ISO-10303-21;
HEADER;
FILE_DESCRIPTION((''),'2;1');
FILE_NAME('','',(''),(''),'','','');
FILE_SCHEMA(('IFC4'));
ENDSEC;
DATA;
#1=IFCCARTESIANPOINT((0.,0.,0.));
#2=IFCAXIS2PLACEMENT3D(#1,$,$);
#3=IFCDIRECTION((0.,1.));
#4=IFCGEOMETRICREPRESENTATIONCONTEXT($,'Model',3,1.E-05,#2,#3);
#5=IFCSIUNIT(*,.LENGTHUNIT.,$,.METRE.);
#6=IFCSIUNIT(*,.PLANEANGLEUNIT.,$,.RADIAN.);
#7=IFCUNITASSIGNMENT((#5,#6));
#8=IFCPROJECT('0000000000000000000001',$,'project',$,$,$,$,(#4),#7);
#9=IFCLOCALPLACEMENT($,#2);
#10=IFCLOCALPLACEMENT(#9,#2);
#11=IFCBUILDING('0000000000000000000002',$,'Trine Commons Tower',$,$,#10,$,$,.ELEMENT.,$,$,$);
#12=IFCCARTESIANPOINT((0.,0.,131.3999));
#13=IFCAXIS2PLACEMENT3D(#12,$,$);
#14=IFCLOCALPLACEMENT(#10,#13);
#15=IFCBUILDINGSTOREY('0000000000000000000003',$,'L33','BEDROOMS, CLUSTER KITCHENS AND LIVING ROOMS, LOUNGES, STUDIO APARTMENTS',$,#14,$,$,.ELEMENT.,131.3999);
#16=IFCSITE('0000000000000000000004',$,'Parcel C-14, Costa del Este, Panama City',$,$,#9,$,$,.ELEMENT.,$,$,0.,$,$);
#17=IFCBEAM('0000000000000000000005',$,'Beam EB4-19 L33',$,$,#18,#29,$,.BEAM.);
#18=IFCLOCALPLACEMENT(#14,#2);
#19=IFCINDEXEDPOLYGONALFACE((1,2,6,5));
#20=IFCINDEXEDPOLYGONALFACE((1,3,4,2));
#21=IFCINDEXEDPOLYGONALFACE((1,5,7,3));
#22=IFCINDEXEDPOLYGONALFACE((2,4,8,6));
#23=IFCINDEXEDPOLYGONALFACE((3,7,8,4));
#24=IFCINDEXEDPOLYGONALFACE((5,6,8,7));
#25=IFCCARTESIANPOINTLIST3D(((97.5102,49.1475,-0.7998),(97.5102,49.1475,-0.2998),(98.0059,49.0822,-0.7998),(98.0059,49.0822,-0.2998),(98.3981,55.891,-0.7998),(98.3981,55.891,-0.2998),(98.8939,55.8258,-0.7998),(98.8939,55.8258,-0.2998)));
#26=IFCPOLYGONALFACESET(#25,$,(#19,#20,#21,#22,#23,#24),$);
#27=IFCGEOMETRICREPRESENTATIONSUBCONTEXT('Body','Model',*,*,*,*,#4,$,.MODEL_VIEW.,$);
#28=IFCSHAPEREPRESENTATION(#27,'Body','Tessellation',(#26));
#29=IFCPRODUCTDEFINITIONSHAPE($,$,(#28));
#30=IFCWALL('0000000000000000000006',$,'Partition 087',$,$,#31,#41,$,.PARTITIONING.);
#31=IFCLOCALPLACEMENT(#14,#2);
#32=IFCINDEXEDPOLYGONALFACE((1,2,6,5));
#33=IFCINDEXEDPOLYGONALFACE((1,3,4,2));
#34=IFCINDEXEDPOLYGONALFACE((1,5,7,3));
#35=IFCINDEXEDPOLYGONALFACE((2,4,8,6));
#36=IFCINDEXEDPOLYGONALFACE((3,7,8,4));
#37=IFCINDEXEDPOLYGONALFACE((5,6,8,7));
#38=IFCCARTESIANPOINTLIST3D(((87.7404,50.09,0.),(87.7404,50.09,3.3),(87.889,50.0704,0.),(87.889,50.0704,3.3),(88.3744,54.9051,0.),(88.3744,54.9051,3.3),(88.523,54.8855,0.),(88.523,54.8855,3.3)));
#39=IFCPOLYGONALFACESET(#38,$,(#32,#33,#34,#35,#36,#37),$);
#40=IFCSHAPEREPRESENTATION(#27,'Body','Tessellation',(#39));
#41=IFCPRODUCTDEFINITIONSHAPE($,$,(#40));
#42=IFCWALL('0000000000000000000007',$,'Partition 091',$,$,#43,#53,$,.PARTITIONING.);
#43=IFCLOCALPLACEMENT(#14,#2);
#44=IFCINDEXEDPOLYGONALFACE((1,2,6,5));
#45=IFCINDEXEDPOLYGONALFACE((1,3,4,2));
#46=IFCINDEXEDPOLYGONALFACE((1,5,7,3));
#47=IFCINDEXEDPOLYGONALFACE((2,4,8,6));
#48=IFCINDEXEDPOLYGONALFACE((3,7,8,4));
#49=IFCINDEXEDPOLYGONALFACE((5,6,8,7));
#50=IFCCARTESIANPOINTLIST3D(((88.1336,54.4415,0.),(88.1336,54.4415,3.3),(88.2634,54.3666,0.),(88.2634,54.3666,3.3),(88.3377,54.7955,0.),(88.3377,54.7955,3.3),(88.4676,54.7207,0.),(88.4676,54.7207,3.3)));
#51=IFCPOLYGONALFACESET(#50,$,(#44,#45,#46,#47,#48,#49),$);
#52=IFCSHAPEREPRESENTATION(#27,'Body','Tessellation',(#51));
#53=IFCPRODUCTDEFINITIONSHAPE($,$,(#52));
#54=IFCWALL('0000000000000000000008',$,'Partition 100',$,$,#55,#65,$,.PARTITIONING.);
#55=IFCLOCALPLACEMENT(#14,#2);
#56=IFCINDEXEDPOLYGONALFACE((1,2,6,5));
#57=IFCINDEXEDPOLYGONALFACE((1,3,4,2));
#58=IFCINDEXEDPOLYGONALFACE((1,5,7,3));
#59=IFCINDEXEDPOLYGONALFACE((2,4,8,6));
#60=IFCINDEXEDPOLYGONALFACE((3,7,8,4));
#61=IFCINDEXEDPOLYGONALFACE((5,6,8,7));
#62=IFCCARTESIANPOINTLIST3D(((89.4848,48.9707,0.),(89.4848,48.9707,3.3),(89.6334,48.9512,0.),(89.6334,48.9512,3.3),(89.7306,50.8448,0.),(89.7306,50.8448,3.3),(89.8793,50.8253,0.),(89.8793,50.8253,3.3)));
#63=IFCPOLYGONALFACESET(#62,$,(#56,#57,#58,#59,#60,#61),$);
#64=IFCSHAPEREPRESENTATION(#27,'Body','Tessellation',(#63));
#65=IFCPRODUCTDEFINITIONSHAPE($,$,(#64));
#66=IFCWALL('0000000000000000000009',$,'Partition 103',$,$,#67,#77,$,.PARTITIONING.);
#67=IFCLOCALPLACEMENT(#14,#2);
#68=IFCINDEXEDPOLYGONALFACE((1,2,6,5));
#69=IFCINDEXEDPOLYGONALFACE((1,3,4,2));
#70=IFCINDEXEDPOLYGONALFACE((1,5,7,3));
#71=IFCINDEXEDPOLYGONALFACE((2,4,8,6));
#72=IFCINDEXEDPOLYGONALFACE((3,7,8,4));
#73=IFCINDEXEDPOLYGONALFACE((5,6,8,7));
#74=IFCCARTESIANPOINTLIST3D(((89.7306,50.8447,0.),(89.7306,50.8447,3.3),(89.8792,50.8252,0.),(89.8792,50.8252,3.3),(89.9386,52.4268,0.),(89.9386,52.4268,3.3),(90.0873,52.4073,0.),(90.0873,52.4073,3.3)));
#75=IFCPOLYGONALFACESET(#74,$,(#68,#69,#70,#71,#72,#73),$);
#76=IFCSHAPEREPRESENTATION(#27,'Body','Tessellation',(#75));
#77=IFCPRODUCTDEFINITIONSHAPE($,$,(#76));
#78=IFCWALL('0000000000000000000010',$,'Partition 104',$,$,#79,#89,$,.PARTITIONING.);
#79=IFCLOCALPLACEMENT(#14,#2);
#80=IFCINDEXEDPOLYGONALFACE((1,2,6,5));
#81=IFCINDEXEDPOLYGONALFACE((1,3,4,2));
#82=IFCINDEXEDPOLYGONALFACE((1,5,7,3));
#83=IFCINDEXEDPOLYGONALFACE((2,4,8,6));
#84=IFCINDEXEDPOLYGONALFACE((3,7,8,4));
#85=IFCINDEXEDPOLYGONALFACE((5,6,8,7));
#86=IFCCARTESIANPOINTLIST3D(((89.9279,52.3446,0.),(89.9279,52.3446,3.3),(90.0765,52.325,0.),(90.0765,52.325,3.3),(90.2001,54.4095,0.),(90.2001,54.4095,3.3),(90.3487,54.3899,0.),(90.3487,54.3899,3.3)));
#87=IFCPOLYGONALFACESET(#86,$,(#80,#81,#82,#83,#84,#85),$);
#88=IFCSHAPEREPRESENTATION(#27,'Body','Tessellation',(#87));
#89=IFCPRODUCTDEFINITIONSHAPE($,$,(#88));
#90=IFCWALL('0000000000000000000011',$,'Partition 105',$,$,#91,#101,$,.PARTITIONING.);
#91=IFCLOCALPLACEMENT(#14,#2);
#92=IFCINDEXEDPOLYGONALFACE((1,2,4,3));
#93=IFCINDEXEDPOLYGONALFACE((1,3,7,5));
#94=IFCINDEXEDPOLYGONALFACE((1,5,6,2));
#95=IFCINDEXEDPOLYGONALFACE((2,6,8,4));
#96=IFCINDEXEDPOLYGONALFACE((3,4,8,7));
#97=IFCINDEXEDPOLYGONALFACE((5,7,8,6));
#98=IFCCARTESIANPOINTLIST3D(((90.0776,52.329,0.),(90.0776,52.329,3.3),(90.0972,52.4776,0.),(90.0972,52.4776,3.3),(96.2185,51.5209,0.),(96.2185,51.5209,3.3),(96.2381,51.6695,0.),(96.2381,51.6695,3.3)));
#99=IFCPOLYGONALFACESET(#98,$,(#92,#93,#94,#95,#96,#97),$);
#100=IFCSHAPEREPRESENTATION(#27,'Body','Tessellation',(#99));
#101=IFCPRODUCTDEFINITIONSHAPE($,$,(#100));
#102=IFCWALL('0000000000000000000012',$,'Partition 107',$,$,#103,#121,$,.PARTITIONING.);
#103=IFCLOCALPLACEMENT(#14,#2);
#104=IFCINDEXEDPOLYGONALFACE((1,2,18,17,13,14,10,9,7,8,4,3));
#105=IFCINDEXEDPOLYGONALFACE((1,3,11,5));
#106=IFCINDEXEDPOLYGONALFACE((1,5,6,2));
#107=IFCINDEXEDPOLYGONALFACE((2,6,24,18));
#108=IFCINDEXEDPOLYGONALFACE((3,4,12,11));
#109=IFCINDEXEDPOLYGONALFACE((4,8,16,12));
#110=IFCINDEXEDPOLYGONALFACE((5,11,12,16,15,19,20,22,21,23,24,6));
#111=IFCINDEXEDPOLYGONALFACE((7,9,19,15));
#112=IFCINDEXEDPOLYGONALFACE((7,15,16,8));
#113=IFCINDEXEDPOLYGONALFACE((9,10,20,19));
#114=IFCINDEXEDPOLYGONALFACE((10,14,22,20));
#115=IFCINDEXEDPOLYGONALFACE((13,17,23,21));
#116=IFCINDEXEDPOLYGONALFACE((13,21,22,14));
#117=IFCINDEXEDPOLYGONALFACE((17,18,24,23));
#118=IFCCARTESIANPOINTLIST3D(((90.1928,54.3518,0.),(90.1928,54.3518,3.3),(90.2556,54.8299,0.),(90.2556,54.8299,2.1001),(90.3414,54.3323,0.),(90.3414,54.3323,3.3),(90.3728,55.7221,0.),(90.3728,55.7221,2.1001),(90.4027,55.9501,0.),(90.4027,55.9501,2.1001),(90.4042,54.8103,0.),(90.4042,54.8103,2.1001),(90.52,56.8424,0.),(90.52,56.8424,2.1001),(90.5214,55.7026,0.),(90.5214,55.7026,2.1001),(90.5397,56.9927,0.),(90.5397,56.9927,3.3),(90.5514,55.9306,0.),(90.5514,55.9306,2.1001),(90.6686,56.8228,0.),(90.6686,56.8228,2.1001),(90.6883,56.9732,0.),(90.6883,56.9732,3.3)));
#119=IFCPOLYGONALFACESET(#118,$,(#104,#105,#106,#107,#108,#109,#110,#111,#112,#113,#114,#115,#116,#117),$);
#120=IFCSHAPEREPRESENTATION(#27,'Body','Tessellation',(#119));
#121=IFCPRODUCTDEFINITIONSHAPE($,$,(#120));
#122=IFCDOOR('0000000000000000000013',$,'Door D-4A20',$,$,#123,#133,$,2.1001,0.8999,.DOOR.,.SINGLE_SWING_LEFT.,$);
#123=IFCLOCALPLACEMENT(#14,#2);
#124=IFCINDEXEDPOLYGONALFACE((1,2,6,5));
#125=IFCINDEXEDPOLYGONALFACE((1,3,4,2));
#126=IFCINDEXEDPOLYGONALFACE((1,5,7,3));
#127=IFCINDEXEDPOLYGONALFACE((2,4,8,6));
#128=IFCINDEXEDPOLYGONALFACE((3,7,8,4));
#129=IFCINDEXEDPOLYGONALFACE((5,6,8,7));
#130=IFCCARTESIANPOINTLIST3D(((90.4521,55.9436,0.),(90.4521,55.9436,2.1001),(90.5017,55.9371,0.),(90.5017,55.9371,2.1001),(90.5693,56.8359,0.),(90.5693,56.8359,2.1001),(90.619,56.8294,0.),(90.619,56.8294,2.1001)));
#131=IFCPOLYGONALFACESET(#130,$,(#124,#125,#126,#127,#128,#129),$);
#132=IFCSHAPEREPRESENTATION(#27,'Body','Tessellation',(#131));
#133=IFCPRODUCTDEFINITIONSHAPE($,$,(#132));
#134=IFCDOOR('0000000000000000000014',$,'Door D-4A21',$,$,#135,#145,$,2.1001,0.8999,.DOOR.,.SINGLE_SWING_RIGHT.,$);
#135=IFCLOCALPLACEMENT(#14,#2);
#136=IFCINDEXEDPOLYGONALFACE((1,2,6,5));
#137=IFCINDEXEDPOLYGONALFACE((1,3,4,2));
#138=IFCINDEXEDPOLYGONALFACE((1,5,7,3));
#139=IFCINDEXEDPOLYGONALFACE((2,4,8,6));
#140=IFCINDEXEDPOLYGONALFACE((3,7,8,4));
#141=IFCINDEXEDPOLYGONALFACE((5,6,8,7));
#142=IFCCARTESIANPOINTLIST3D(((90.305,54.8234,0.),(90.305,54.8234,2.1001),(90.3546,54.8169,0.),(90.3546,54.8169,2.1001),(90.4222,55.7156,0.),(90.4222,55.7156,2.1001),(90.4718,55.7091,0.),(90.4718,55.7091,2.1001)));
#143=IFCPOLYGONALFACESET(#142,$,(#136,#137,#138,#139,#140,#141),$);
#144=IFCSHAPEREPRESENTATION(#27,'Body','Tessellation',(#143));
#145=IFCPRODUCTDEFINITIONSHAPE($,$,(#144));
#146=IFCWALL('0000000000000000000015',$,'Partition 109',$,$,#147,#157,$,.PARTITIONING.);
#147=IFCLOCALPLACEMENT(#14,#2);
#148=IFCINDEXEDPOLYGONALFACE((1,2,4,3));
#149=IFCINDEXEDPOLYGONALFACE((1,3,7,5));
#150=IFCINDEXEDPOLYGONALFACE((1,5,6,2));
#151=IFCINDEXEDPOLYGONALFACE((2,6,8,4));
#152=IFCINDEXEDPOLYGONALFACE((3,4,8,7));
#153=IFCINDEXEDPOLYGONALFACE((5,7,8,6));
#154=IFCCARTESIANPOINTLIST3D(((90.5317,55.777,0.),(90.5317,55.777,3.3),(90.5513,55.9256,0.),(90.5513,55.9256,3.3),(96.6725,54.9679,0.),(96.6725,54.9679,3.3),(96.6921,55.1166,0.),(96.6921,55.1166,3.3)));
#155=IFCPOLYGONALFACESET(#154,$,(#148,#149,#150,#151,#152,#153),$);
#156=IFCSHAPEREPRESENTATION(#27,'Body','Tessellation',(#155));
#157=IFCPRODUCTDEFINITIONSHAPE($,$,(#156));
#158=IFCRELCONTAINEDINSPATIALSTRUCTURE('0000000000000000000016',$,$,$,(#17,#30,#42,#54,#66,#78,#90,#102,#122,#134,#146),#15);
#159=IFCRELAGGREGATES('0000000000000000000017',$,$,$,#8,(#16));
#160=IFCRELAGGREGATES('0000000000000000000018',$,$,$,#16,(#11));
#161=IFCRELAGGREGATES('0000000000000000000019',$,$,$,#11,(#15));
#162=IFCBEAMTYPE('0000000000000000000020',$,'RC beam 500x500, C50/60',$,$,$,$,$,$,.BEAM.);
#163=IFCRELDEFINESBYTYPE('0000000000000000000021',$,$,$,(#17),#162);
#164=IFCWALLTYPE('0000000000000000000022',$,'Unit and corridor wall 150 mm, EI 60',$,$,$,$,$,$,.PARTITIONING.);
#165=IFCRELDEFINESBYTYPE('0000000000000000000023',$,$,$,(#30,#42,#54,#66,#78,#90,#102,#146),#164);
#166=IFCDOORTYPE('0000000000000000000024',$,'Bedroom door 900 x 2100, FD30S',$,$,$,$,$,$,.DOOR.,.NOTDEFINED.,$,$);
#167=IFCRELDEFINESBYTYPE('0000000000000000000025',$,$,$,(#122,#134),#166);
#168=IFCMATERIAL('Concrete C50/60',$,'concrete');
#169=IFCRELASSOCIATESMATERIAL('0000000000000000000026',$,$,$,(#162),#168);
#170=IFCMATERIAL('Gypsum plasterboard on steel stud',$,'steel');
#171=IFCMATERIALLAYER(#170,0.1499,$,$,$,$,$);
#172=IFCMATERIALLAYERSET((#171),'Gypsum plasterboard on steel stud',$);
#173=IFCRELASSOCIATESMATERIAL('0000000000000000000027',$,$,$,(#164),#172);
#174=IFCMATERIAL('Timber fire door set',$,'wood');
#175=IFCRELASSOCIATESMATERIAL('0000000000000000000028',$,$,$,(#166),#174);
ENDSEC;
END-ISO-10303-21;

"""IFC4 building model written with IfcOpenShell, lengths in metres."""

from ifc_helpers import new_model, si_unit, direction, frame, frame_2d, origin, origin_2d, place, context, subcontext, project, spatial, rectangle, extrude, material, layer, layer_set, material_profile, profile_set, type_object, element, fill, save


model = new_model("IFC4")

# Units and contexts
model_context = context("Model", 3, precision=1e-05, world=origin(), true_north=direction((0.0, 1.0)))
body_context = subcontext(model_context, "Body", "Model", "MODEL_VIEW")
ifc_project = project(units=[si_unit("LENGTHUNIT", "METRE"), si_unit("PLANEANGLEUNIT", "RADIAN")], contexts=[model_context])

# Site, building, storey
site_placement = place(None, origin())
site = spatial("IfcSite", under=ifc_project, at=site_placement, Name="Parcel C-14, Costa del Este, Panama City", CompositionType="ELEMENT", RefElevation=0.0)
building_placement = place(site_placement, origin())
building = spatial("IfcBuilding", under=site, at=building_placement, Name="Trine Commons Tower", CompositionType="ELEMENT")
storey_placement = place(building_placement, frame((0.0, 0.0, 131.3999)))
storey = spatial("IfcBuildingStorey", under=building, at=storey_placement, Name="L33", Description="BEDROOMS, CLUSTER KITCHENS AND LIVING ROOMS, LOUNGES, STUDIO APARTMENTS", CompositionType="ELEMENT", Elevation=131.3999)

# Beam
ifc_material_1 = material(Name="Concrete C50/60", Category="concrete")
ifc_material_profile = material_profile(ifc_material_1, rectangle(XDim=0.5, YDim=0.5, at=origin_2d()), Name="RC 500x500")
ifc_profile_set = profile_set([ifc_material_profile], Name="Concrete C50/60")
beam_type = type_object("IfcBeamType", Name="RC beam 500x500, C50/60", PredefinedType="BEAM", material=ifc_profile_set)
beam_placement = place(storey_placement, frame((98.646, 55.8584, -0.5498), z_axis=(-0.130544, -0.991443, 0.0), x_axis=(0.991443, -0.130544, 0.0)))
element("IfcBeam", 1, at=beam_placement, inside=storey, type_object=beam_type, Name="Beam EB4-19 L33", PredefinedType="BEAM", context=body_context, shape_type="SweptSolid", body=[
    extrude(rectangle(XDim=0.5, YDim=0.5, at=origin_2d()), origin(), (0.0, 0.0, 1.0), 6.8018),
])

# Walls
ifc_material_2 = material(Name="Gypsum plasterboard on steel stud", Category="steel")
ifc_layer_1 = layer(ifc_material_2, 0.1499)
ifc_layer_set_1 = layer_set([ifc_layer_1], Name="Gypsum plasterboard on steel stud")
wall_type_1 = type_object("IfcWallType", Name="Unit and corridor wall 150 mm, EI 60", PredefinedType="PARTITIONING", material=ifc_layer_set_1)
wall_1_placement = place(storey_placement, frame((87.8147, 50.0803, 0.0), z_axis=(0.0, 0.0, 1.0), x_axis=(0.130547, 0.991442, 0.0)))
element("IfcWall", 2, at=wall_1_placement, inside=storey, type_object=wall_type_1, Name="Partition 087", PredefinedType="PARTITIONING", context=body_context, shape_type="SweptSolid", body=[
    extrude(rectangle(XDim=4.8567, YDim=0.1499, at=frame_2d((2.4282, 0.0))), origin(), (0.0, 0.0, 1.0), 3.3),
])
wall_2_placement = place(storey_placement, frame((88.1985, 54.4041, 0.0), z_axis=(0.0, 0.0, 1.0), x_axis=(0.499481, 0.866325, 0.0)))
element("IfcWall", 3, at=wall_2_placement, inside=storey, type_object=wall_type_1, Name="Partition 091", PredefinedType="PARTITIONING", context=body_context, shape_type="SweptSolid", body=[
    extrude(rectangle(XDim=0.4087, YDim=0.1499, at=frame_2d((0.2043, 0.0))), origin(), (0.0, 0.0, 1.0), 3.3),
])
wall_3_placement = place(storey_placement, frame((89.5591, 48.9609, 0.0), z_axis=(0.0, 0.0, 1.0), x_axis=(0.130074, 0.991504, 0.0)))
element("IfcWall", 4, at=wall_3_placement, inside=storey, type_object=wall_type_1, Name="Partition 100", PredefinedType="PARTITIONING", context=body_context, shape_type="SweptSolid", body=[
    extrude(rectangle(XDim=1.8901, YDim=0.1499, at=frame_2d((0.9451, 0.0))), origin(), (0.0, 0.0, 1.0), 3.3),
])
wall_4_placement = place(storey_placement, frame((89.8049, 50.835, 0.0), z_axis=(0.0, 0.0, 1.0), x_axis=(0.13036, 0.991467, 0.0)))
element("IfcWall", 5, at=wall_4_placement, inside=storey, type_object=wall_type_1, Name="Partition 103", PredefinedType="PARTITIONING", context=body_context, shape_type="SweptSolid", body=[
    extrude(rectangle(XDim=1.5957, YDim=0.1499, at=frame_2d((0.7979, 0.0))), origin(), (0.0, 0.0, 1.0), 3.3),
])
wall_5_placement = place(storey_placement, frame((90.0022, 52.3347, 0.0), z_axis=(0.0, 0.0, 1.0), x_axis=(0.130697, 0.991422, 0.0)))
element("IfcWall", 6, at=wall_5_placement, inside=storey, type_object=wall_type_1, Name="Partition 104", PredefinedType="PARTITIONING", context=body_context, shape_type="SweptSolid", body=[
    extrude(rectangle(XDim=2.0828, YDim=0.1499, at=frame_2d((1.0415, 0.0))), origin(), (0.0, 0.0, 1.0), 3.3),
])
wall_6_placement = place(storey_placement, frame((90.0874, 52.4033, 0.0), z_axis=(0.0, 0.0, 1.0), x_axis=(0.991452, -0.13047, 0.0)))
element("IfcWall", 7, at=wall_6_placement, inside=storey, type_object=wall_type_1, Name="Partition 105", PredefinedType="PARTITIONING", context=body_context, shape_type="SweptSolid", body=[
    extrude(rectangle(XDim=6.1938, YDim=0.1499, at=frame_2d((3.0969, 0.0))), origin(), (0.0, 0.0, 1.0), 3.3),
])

# Wall, openings, doors
wall_7_placement = place(storey_placement, frame((90.2671, 54.342, 0.0), z_axis=(0.0, 0.0, 1.0), x_axis=(0.130248, 0.991481, 0.0)))
wall_7 = element("IfcWall", 8, at=wall_7_placement, inside=storey, type_object=wall_type_1, Name="Partition 107", PredefinedType="PARTITIONING", context=body_context, shape_type="SweptSolid", body=[
    extrude(rectangle(XDim=2.6636, YDim=0.1499, at=frame_2d((1.3318, 0.0))), origin(), (0.0, 0.0, 1.0), 3.3),
])
opening_1_placement = place(wall_7_placement, frame((1.6121, 0.0, 0.0)))
opening_1 = element("IfcOpeningElement", 9, at=opening_1_placement, cuts=wall_7, PredefinedType="OPENING", context=body_context, shape_type="SweptSolid", body=[
    extrude(rectangle(XDim=0.8999, YDim=2.1001, at=frame_2d((0.45, 1.05))), frame((0.0, 0.085, 0.0), z_axis=(0.0, -1.0, 0.0), x_axis=(1.0, 0.0, 0.0)), (0.0, 0.0, 1.0), 0.1699),
])
opening_2_placement = place(wall_7_placement, frame((0.4822, 0.0, 0.0)))
opening_2 = element("IfcOpeningElement", 10, at=opening_2_placement, cuts=wall_7, PredefinedType="OPENING", context=body_context, shape_type="SweptSolid", body=[
    extrude(rectangle(XDim=0.8999, YDim=2.1001, at=frame_2d((0.45, 1.05))), frame((0.0, 0.085, 0.0), z_axis=(0.0, -1.0, 0.0), x_axis=(1.0, 0.0, 0.0)), (0.0, 0.0, 1.0), 0.1699),
])
ifc_material_3 = material(Name="Timber fire door set", Category="wood")
door_type_1 = type_object("IfcDoorType", Name="Bedroom door 900 x 2100, FD30S", OperationType="NOTDEFINED", PredefinedType="DOOR", material=ifc_material_3)
door_1_placement = place(opening_1_placement, frame((0.8999, 0.0, 0.0), z_axis=(0.0, 0.0, 1.0), x_axis=(-1.0, 0.0, 0.0)))
door_1 = element("IfcDoor", 11, at=door_1_placement, inside=storey, type_object=door_type_1, Name="Door D-4A20", OperationType="SINGLE_SWING_LEFT", OverallHeight=2.1001, OverallWidth=0.8999, PredefinedType="DOOR", context=body_context, shape_type="SweptSolid", body=[
    extrude(rectangle(XDim=0.8999, YDim=2.1001, at=frame_2d((0.45, 1.05))), frame((0.0, 0.0249, 0.0), z_axis=(0.0, -1.0, 0.0), x_axis=(1.0, 0.0, 0.0)), (0.0, 0.0, 1.0), 0.05),
])
fill(opening_1, door_1)
door_2_placement = place(opening_2_placement, frame((0.8999, 0.0, 0.0), z_axis=(0.0, 0.0, 1.0), x_axis=(-1.0, 0.0, 0.0)))
door_2 = element("IfcDoor", 12, at=door_2_placement, inside=storey, type_object=door_type_1, Name="Door D-4A21", OperationType="SINGLE_SWING_RIGHT", OverallHeight=2.1001, OverallWidth=0.8999, PredefinedType="DOOR", context=body_context, shape_type="SweptSolid", body=[
    extrude(rectangle(XDim=0.8999, YDim=2.1001, at=frame_2d((0.45, 1.05))), frame((0.0, 0.0249, 0.0), z_axis=(0.0, -1.0, 0.0), x_axis=(1.0, 0.0, 0.0)), (0.0, 0.0, 1.0), 0.05),
])
fill(opening_2, door_2)

# Wall
wall_8_placement = place(storey_placement, frame((90.5415, 55.8513, 0.0), z_axis=(0.0, 0.0, 1.0), x_axis=(0.991432, -0.130625, 0.0)))
element("IfcWall", 13, at=wall_8_placement, inside=storey, type_object=wall_type_1, Name="Partition 109", PredefinedType="PARTITIONING", context=body_context, shape_type="SweptSolid", body=[
    extrude(rectangle(XDim=6.1938, YDim=0.1499, at=frame_2d((3.0969, 0.0))), origin(), (0.0, 0.0, 1.0), 3.3),
])

save(model, "model.ifc")
